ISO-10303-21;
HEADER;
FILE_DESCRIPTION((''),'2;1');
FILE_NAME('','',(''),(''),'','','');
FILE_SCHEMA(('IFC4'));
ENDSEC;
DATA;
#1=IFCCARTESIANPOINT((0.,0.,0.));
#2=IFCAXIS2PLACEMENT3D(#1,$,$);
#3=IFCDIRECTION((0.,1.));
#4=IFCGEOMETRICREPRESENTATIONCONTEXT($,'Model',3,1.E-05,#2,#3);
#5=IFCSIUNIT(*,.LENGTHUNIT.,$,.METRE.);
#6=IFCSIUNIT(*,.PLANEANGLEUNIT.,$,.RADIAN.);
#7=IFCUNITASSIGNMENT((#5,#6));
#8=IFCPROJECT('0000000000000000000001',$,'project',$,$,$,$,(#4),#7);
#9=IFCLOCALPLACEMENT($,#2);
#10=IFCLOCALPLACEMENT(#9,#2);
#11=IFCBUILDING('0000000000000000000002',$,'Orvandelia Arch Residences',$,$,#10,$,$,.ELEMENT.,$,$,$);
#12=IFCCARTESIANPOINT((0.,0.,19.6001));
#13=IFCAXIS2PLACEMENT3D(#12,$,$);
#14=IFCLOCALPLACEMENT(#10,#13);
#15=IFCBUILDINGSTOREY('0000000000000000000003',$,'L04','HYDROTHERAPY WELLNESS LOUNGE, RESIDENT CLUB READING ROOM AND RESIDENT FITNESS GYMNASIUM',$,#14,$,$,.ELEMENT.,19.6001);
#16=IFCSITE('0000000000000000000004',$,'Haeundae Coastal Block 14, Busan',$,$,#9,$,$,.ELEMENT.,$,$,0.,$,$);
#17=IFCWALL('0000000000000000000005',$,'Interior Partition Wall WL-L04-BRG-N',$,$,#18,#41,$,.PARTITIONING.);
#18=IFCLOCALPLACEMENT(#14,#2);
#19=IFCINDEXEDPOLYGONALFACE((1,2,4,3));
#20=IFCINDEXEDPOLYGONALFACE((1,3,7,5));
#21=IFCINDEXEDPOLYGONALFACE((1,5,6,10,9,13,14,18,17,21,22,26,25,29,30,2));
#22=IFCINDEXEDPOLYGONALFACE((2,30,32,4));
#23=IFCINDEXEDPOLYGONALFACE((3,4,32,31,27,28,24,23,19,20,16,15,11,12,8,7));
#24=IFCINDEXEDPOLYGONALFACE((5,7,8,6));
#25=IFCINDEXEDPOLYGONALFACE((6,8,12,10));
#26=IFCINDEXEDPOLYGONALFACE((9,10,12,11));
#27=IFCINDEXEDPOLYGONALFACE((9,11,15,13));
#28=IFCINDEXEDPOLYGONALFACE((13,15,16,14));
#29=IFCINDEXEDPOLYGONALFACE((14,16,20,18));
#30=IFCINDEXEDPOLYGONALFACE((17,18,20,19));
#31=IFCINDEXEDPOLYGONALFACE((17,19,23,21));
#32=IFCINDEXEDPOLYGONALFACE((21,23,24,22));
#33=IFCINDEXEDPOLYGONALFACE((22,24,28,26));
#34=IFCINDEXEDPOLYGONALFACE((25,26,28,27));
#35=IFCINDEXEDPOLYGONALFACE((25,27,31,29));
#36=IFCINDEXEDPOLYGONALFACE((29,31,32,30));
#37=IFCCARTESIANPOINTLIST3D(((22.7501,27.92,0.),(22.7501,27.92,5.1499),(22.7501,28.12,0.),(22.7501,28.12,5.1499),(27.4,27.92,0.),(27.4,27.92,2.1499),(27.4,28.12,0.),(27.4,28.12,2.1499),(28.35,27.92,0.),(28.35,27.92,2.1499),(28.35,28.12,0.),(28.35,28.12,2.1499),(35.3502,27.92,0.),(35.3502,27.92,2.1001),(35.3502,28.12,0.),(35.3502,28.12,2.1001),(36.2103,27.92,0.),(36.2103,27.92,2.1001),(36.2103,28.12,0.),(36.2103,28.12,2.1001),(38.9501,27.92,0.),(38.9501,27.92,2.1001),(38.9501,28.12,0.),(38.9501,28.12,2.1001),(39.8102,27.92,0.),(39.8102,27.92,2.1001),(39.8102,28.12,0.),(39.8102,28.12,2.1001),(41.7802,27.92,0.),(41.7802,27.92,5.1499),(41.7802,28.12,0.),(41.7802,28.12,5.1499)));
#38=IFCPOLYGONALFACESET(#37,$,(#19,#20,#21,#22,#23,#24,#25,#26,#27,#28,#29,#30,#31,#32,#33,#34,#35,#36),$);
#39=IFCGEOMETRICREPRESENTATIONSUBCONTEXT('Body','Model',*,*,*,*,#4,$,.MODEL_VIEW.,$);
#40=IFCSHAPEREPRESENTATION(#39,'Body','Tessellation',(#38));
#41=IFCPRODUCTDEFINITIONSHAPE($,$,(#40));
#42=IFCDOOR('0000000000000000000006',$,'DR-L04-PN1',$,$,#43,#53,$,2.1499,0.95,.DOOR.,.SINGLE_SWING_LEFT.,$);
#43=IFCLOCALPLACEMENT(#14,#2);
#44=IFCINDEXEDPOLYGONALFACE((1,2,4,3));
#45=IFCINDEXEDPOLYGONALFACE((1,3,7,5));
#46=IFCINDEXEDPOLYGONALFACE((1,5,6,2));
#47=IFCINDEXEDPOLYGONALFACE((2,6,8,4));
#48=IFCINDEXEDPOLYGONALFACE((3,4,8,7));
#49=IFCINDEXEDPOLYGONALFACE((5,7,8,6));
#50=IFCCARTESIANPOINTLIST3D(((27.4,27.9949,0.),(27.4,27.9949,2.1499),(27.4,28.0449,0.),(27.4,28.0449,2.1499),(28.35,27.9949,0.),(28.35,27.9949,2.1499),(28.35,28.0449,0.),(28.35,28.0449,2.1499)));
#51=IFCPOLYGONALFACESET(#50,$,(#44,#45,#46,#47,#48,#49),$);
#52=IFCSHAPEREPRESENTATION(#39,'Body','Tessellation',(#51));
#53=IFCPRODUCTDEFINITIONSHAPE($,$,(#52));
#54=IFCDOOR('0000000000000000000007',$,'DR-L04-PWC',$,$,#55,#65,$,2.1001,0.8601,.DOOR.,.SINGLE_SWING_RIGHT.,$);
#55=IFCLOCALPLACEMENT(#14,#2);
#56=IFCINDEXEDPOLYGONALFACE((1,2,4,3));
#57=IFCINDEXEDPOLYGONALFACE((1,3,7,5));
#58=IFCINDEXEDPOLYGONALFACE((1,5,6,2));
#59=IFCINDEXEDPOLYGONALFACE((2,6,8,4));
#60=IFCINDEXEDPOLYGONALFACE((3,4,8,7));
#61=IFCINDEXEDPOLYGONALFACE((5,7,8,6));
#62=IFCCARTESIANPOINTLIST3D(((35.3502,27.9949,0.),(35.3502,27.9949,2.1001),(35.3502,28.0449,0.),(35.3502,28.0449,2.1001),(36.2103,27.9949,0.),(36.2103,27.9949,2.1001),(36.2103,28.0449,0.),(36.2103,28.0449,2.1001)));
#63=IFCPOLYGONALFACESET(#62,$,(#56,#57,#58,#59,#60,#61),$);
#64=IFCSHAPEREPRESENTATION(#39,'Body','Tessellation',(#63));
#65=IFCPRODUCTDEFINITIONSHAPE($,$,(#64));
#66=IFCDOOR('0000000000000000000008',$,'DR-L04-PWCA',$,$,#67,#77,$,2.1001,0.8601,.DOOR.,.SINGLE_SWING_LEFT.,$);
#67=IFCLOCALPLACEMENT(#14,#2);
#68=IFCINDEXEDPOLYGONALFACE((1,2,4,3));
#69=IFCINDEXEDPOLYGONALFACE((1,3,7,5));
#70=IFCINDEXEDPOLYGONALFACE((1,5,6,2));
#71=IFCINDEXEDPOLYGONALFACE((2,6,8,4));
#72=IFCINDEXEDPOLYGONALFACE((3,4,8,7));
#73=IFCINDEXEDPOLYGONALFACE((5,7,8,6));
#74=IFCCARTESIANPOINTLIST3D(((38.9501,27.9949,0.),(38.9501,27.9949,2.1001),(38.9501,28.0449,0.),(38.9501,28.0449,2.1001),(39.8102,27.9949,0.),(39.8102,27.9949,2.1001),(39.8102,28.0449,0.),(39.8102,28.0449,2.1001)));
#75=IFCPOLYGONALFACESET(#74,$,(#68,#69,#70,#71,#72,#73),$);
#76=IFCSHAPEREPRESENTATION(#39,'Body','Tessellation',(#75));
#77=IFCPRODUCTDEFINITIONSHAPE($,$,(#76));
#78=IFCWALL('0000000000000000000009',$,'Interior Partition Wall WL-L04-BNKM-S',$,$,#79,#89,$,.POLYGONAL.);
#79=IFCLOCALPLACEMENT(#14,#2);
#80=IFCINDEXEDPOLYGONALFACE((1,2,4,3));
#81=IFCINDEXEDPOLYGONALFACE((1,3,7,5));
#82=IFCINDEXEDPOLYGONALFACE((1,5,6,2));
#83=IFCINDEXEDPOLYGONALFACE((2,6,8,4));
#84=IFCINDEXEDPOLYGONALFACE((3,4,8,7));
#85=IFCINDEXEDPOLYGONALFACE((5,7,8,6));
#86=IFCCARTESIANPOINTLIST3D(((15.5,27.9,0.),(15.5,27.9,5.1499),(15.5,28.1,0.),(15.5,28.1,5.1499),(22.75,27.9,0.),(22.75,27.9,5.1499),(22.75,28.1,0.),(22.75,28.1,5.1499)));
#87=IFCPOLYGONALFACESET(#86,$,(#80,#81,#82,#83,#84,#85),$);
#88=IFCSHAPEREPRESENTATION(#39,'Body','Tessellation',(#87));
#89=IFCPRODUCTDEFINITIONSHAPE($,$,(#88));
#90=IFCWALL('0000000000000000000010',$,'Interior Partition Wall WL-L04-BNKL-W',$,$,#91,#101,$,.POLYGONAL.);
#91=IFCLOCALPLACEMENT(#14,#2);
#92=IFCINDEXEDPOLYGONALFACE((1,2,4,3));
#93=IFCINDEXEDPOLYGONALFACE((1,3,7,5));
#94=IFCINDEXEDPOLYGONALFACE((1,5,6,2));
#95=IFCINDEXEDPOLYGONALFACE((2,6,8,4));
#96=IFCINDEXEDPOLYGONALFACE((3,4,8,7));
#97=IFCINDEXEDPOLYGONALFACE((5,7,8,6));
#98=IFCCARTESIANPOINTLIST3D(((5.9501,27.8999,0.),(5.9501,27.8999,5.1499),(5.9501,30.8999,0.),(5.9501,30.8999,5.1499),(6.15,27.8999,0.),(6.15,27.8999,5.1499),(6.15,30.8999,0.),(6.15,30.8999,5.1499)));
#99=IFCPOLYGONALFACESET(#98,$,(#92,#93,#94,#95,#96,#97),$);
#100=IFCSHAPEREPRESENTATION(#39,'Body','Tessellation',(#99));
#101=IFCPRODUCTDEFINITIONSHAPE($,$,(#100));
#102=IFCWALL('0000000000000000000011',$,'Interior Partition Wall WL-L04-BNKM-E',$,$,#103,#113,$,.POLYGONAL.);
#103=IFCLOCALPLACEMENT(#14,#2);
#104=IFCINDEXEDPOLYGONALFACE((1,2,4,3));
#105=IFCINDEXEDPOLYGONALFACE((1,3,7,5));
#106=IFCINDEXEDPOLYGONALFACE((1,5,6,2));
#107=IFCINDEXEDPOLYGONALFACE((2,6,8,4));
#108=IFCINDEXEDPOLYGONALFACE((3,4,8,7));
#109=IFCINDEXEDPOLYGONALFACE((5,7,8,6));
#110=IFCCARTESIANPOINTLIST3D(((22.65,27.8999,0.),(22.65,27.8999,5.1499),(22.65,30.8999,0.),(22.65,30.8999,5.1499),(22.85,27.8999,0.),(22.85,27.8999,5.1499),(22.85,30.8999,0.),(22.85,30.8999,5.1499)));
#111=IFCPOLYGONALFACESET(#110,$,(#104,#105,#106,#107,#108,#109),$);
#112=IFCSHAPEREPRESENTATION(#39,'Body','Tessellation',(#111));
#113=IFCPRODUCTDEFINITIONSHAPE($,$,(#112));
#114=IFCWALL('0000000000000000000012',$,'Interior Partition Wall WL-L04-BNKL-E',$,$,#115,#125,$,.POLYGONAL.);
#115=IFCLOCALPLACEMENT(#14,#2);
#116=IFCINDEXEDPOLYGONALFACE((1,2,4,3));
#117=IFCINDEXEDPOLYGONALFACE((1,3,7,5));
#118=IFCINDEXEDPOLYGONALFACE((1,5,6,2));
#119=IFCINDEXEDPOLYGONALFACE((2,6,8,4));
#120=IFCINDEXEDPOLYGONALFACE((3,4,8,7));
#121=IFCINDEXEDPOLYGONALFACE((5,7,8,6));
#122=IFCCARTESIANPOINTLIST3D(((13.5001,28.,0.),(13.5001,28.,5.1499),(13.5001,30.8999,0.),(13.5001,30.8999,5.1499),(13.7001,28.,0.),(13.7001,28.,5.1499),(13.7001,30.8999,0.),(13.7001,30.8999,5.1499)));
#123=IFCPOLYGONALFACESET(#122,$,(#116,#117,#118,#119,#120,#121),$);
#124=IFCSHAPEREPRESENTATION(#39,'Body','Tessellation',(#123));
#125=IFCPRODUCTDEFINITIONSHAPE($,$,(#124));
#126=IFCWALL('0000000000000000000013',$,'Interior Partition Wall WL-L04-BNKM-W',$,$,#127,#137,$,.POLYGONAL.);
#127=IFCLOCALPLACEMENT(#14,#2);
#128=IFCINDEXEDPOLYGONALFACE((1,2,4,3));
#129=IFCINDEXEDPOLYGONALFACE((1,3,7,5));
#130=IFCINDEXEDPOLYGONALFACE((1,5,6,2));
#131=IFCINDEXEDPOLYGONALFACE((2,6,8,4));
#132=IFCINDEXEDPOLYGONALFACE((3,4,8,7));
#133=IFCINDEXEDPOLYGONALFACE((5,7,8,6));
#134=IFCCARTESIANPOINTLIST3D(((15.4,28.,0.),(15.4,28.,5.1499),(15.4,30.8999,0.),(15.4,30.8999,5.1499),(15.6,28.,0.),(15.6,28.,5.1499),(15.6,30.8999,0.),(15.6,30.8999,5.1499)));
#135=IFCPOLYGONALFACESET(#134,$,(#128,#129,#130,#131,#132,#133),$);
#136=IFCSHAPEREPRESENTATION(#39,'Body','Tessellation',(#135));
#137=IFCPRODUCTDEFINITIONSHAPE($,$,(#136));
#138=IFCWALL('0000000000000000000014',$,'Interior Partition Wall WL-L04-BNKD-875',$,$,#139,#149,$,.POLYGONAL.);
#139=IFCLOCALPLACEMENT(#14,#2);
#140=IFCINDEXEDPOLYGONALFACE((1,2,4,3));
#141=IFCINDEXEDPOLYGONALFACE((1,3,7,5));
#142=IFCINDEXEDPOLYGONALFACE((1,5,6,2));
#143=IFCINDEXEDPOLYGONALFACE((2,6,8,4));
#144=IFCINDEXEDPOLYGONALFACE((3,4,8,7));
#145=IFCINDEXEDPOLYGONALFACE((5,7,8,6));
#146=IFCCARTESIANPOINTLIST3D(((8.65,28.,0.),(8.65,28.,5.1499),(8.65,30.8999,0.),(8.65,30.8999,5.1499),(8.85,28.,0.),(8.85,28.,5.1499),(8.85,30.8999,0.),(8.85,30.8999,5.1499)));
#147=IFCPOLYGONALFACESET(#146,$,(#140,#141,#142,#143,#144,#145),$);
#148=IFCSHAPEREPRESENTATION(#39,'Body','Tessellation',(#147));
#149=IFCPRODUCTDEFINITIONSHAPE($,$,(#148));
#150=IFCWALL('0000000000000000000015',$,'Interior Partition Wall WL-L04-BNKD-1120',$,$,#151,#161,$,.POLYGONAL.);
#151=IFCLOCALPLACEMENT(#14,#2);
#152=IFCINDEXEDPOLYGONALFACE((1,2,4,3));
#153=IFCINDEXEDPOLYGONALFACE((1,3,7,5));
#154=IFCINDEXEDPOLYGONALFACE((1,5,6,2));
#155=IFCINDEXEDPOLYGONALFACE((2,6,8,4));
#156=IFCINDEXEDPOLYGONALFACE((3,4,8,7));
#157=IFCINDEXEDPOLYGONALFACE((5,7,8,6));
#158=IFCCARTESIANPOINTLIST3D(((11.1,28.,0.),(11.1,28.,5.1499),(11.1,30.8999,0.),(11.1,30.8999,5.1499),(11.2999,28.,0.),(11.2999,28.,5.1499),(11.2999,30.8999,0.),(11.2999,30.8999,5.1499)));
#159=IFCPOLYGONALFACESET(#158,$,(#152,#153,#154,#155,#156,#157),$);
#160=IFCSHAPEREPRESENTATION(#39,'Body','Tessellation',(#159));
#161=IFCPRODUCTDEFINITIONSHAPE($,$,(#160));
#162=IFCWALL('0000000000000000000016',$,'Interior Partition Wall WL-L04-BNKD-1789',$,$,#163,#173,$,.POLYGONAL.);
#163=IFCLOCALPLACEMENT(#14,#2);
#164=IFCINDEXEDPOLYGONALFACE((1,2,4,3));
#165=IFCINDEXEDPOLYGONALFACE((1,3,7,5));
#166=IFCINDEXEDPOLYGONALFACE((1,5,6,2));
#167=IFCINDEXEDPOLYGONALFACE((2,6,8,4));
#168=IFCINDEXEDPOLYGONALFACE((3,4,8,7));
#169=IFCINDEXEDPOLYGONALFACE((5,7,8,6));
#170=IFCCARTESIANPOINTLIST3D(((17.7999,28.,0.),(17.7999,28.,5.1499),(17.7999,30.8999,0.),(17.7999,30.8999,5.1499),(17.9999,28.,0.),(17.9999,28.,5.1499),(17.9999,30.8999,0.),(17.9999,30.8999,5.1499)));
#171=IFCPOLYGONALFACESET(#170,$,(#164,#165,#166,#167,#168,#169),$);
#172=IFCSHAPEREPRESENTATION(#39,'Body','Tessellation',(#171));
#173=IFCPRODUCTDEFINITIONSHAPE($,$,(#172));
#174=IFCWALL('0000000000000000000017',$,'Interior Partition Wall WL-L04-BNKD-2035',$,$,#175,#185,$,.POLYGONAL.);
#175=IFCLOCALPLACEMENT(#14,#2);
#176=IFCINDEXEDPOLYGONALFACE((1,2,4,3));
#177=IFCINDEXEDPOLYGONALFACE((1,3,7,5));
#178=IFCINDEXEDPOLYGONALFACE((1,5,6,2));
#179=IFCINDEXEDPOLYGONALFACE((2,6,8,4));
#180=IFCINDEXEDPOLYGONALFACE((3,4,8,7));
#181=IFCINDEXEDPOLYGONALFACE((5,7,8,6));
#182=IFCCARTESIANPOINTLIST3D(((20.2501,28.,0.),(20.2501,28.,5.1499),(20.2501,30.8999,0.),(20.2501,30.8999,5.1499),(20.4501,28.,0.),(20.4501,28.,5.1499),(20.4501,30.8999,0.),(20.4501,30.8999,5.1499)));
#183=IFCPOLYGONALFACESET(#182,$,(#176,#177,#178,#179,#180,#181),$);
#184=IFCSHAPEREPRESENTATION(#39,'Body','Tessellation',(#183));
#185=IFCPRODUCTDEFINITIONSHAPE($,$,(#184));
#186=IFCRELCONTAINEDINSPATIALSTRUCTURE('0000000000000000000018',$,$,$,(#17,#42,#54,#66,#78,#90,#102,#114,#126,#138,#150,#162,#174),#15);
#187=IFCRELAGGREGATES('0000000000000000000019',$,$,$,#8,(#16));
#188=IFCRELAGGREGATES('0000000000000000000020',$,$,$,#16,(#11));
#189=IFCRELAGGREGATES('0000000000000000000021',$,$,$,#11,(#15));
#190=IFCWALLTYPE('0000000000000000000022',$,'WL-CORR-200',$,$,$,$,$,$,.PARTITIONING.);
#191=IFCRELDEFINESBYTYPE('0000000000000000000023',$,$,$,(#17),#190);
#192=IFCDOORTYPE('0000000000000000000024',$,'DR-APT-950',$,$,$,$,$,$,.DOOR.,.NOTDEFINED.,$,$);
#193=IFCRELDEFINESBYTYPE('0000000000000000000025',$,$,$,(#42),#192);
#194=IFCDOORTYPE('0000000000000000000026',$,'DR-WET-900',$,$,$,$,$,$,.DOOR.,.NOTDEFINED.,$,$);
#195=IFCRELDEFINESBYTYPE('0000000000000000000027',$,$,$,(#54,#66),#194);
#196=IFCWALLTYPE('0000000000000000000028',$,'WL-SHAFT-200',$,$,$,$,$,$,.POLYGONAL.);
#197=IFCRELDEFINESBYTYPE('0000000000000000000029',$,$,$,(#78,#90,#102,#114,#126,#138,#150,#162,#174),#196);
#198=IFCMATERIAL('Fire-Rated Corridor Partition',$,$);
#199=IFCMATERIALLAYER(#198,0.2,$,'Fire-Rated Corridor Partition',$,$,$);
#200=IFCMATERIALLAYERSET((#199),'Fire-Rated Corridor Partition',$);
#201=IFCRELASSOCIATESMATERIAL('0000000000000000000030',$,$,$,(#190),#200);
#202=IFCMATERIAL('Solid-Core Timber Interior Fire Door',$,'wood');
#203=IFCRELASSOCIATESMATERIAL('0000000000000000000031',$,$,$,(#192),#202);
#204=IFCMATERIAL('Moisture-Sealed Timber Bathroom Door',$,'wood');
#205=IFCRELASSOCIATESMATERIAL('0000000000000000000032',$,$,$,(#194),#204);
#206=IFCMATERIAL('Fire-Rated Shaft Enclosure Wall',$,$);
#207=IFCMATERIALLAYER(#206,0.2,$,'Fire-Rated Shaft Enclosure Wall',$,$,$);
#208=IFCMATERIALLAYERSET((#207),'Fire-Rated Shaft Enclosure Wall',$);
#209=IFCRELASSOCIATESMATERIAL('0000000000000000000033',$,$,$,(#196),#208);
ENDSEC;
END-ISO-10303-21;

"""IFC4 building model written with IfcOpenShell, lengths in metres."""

from ifc_helpers import new_model, si_unit, direction, frame, frame_2d, origin, place, context, subcontext, project, spatial, rectangle, extrude, material, layer, layer_set, type_object, element, fill, save


model = new_model("IFC4")

# Units and contexts
model_context = context("Model", 3, precision=1e-05, world=origin(), true_north=direction((0.0, 1.0)))
body_context = subcontext(model_context, "Body", "Model", "MODEL_VIEW")
ifc_project = project(units=[si_unit("LENGTHUNIT", "METRE"), si_unit("PLANEANGLEUNIT", "RADIAN")], contexts=[model_context])

# Site, building, storey
site_placement = place(None, origin())
site = spatial("IfcSite", under=ifc_project, at=site_placement, Name="Haeundae Coastal Block 14, Busan", CompositionType="ELEMENT", RefElevation=0.0)
building_placement = place(site_placement, origin())
building = spatial("IfcBuilding", under=site, at=building_placement, Name="Orvandelia Arch Residences", CompositionType="ELEMENT")
storey_placement = place(building_placement, frame((0.0, 0.0, 19.6001)))
storey = spatial("IfcBuildingStorey", under=building, at=storey_placement, Name="L04", Description="HYDROTHERAPY WELLNESS LOUNGE, RESIDENT CLUB READING ROOM AND RESIDENT FITNESS GYMNASIUM", CompositionType="ELEMENT", Elevation=19.6001)

# Wall, openings, doors
ifc_material_1 = material(Name="Fire-Rated Corridor Partition")
ifc_layer_1 = layer(ifc_material_1, 0.2, Name="Fire-Rated Corridor Partition")
ifc_layer_set_1 = layer_set([ifc_layer_1], Name="Fire-Rated Corridor Partition")
wall_type_1 = type_object("IfcWallType", Name="WL-CORR-200", PredefinedType="PARTITIONING", material=ifc_layer_set_1)
wall_1_placement = place(storey_placement, frame((22.75, 28.02, 0.0), z_axis=(0.0, 0.0, 1.0), x_axis=(1.0, 0.0, 0.0)))
wall_1 = element("IfcWall", 1, at=wall_1_placement, inside=storey, type_object=wall_type_1, Name="Interior Partition Wall WL-L04-BRG-N", PredefinedType="PARTITIONING", context=body_context, shape_type="SweptSolid", body=[
    extrude(rectangle(XDim=19.03, YDim=0.2, at=frame_2d((9.5151, 0.0))), origin(), (0.0, 0.0, 1.0), 5.1499),
])
opening_1_placement = place(wall_1_placement, frame((4.6499, 0.0, 0.0)))
opening_1 = element("IfcOpeningElement", 2, at=opening_1_placement, cuts=wall_1, PredefinedType="OPENING", context=body_context, shape_type="SweptSolid", body=[
    extrude(rectangle(XDim=0.95, YDim=2.1499, at=frame_2d((0.4751, 1.075))), frame((0.0, 0.1099, 0.0), z_axis=(0.0, -1.0, 0.0), x_axis=(1.0, 0.0, 0.0)), (0.0, 0.0, 1.0), 0.22),
])
opening_2_placement = place(wall_1_placement, frame((12.6001, 0.0, 0.0)))
opening_2 = element("IfcOpeningElement", 3, at=opening_2_placement, cuts=wall_1, PredefinedType="OPENING", context=body_context, shape_type="SweptSolid", body=[
    extrude(rectangle(XDim=0.8601, YDim=2.1001, at=frame_2d((0.4302, 1.05))), frame((0.0, 0.1099, 0.0), z_axis=(0.0, -1.0, 0.0), x_axis=(1.0, 0.0, 0.0)), (0.0, 0.0, 1.0), 0.22),
])
opening_3_placement = place(wall_1_placement, frame((16.2, 0.0, 0.0)))
opening_3 = element("IfcOpeningElement", 4, at=opening_3_placement, cuts=wall_1, PredefinedType="OPENING", context=body_context, shape_type="SweptSolid", body=[
    extrude(rectangle(XDim=0.8601, YDim=2.1001, at=frame_2d((0.4302, 1.05))), frame((0.0, 0.1099, 0.0), z_axis=(0.0, -1.0, 0.0), x_axis=(1.0, 0.0, 0.0)), (0.0, 0.0, 1.0), 0.22),
])
ifc_material_2 = material(Name="Solid-Core Timber Interior Fire Door", Category="wood")
door_type_1 = type_object("IfcDoorType", Name="DR-APT-950", OperationType="NOTDEFINED", PredefinedType="DOOR", material=ifc_material_2)
door_1_placement = place(opening_1_placement, origin())
door_1 = element("IfcDoor", 5, at=door_1_placement, inside=storey, type_object=door_type_1, Name="DR-L04-PN1", OperationType="SINGLE_SWING_LEFT", OverallHeight=2.1499, OverallWidth=0.95, PredefinedType="DOOR", context=body_context, shape_type="SweptSolid", body=[
    extrude(rectangle(XDim=0.95, YDim=2.1499, at=frame_2d((0.4751, 1.075))), frame((0.0, 0.0249, 0.0), z_axis=(0.0, -1.0, 0.0), x_axis=(1.0, 0.0, 0.0)), (0.0, 0.0, 1.0), 0.05),
])
fill(opening_1, door_1)
ifc_material_3 = material(Name="Moisture-Sealed Timber Bathroom Door", Category="wood")
door_type_2 = type_object("IfcDoorType", Name="DR-WET-900", OperationType="NOTDEFINED", PredefinedType="DOOR", material=ifc_material_3)
door_2_placement = place(opening_2_placement, origin())
door_2 = element("IfcDoor", 6, at=door_2_placement, inside=storey, type_object=door_type_2, Name="DR-L04-PWC", OperationType="SINGLE_SWING_RIGHT", OverallHeight=2.1001, OverallWidth=0.8601, PredefinedType="DOOR", context=body_context, shape_type="SweptSolid", body=[
    extrude(rectangle(XDim=0.8601, YDim=2.1001, at=frame_2d((0.4302, 1.05))), frame((0.0, 0.0249, 0.0), z_axis=(0.0, -1.0, 0.0), x_axis=(1.0, 0.0, 0.0)), (0.0, 0.0, 1.0), 0.05),
])
fill(opening_2, door_2)
door_3_placement = place(opening_3_placement, origin())
door_3 = element("IfcDoor", 7, at=door_3_placement, inside=storey, type_object=door_type_2, Name="DR-L04-PWCA", OperationType="SINGLE_SWING_LEFT", OverallHeight=2.1001, OverallWidth=0.8601, PredefinedType="DOOR", context=body_context, shape_type="SweptSolid", body=[
    extrude(rectangle(XDim=0.8601, YDim=2.1001, at=frame_2d((0.4302, 1.05))), frame((0.0, 0.0249, 0.0), z_axis=(0.0, -1.0, 0.0), x_axis=(1.0, 0.0, 0.0)), (0.0, 0.0, 1.0), 0.05),
])
fill(opening_3, door_3)
ifc_material_4 = material(Name="Fire-Rated Shaft Enclosure Wall")
ifc_layer_2 = layer(ifc_material_4, 0.2, Name="Fire-Rated Shaft Enclosure Wall")
ifc_layer_set_2 = layer_set([ifc_layer_2], Name="Fire-Rated Shaft Enclosure Wall")
wall_type_2 = type_object("IfcWallType", Name="WL-SHAFT-200", PredefinedType="POLYGONAL", material=ifc_layer_set_2)

# Walls
wall_2_placement = place(storey_placement, frame((15.5, 28.0, 0.0), z_axis=(0.0, 0.0, 1.0), x_axis=(1.0, 0.0, 0.0)))
element("IfcWall", 8, at=wall_2_placement, inside=storey, type_object=wall_type_2, Name="Interior Partition Wall WL-L04-BNKM-S", PredefinedType="POLYGONAL", context=body_context, shape_type="SweptSolid", body=[
    extrude(rectangle(XDim=7.25, YDim=0.2, at=frame_2d((3.625, 0.0))), origin(), (0.0, 0.0, 1.0), 5.1499),
])
for number, where, z_axis, x_axis, name in (
    (9, (6.05, 27.8999, 0.0), (0.0, 0.0, 1.0), (0.0, 1.0, 0.0), "Interior Partition Wall WL-L04-BNKL-W"),
    (10, (22.75, 27.8999, 0.0), (0.0, 0.0, 1.0), (0.0, 1.0, 0.0), "Interior Partition Wall WL-L04-BNKM-E"),
):
    element("IfcWall", number, at=place(storey_placement, frame(where, z_axis=z_axis, x_axis=x_axis)), inside=storey, type_object=wall_type_2, Name=name, PredefinedType="POLYGONAL", context=body_context, shape_type="SweptSolid", body=[
        extrude(rectangle(XDim=3.0, YDim=0.2, at=frame_2d((1.5, 0.0))), origin(), (0.0, 0.0, 1.0), 5.1499),
    ])
for number, where, z_axis, x_axis, name in (
    (11, (13.6001, 28.0, 0.0), (0.0, 0.0, 1.0), (0.0, 1.0, 0.0), "Interior Partition Wall WL-L04-BNKL-E"),
    (12, (15.5, 28.0, 0.0), (0.0, 0.0, 1.0), (0.0, 1.0, 0.0), "Interior Partition Wall WL-L04-BNKM-W"),
    (13, (8.75, 28.0, 0.0), (0.0, 0.0, 1.0), (0.0, 1.0, 0.0), "Interior Partition Wall WL-L04-BNKD-875"),
    (14, (11.2, 28.0, 0.0), (0.0, 0.0, 1.0), (0.0, 1.0, 0.0), "Interior Partition Wall WL-L04-BNKD-1120"),
    (15, (17.8999, 28.0, 0.0), (0.0, 0.0, 1.0), (0.0, 1.0, 0.0), "Interior Partition Wall WL-L04-BNKD-1789"),
    (16, (20.3501, 28.0, 0.0), (0.0, 0.0, 1.0), (0.0, 1.0, 0.0), "Interior Partition Wall WL-L04-BNKD-2035"),
):
    element("IfcWall", number, at=place(storey_placement, frame(where, z_axis=z_axis, x_axis=x_axis)), inside=storey, type_object=wall_type_2, Name=name, PredefinedType="POLYGONAL", context=body_context, shape_type="SweptSolid", body=[
        extrude(rectangle(XDim=2.8999, YDim=0.2, at=frame_2d((1.45, 0.0))), origin(), (0.0, 0.0, 1.0), 5.1499),
    ])

save(model, "model.ifc")
